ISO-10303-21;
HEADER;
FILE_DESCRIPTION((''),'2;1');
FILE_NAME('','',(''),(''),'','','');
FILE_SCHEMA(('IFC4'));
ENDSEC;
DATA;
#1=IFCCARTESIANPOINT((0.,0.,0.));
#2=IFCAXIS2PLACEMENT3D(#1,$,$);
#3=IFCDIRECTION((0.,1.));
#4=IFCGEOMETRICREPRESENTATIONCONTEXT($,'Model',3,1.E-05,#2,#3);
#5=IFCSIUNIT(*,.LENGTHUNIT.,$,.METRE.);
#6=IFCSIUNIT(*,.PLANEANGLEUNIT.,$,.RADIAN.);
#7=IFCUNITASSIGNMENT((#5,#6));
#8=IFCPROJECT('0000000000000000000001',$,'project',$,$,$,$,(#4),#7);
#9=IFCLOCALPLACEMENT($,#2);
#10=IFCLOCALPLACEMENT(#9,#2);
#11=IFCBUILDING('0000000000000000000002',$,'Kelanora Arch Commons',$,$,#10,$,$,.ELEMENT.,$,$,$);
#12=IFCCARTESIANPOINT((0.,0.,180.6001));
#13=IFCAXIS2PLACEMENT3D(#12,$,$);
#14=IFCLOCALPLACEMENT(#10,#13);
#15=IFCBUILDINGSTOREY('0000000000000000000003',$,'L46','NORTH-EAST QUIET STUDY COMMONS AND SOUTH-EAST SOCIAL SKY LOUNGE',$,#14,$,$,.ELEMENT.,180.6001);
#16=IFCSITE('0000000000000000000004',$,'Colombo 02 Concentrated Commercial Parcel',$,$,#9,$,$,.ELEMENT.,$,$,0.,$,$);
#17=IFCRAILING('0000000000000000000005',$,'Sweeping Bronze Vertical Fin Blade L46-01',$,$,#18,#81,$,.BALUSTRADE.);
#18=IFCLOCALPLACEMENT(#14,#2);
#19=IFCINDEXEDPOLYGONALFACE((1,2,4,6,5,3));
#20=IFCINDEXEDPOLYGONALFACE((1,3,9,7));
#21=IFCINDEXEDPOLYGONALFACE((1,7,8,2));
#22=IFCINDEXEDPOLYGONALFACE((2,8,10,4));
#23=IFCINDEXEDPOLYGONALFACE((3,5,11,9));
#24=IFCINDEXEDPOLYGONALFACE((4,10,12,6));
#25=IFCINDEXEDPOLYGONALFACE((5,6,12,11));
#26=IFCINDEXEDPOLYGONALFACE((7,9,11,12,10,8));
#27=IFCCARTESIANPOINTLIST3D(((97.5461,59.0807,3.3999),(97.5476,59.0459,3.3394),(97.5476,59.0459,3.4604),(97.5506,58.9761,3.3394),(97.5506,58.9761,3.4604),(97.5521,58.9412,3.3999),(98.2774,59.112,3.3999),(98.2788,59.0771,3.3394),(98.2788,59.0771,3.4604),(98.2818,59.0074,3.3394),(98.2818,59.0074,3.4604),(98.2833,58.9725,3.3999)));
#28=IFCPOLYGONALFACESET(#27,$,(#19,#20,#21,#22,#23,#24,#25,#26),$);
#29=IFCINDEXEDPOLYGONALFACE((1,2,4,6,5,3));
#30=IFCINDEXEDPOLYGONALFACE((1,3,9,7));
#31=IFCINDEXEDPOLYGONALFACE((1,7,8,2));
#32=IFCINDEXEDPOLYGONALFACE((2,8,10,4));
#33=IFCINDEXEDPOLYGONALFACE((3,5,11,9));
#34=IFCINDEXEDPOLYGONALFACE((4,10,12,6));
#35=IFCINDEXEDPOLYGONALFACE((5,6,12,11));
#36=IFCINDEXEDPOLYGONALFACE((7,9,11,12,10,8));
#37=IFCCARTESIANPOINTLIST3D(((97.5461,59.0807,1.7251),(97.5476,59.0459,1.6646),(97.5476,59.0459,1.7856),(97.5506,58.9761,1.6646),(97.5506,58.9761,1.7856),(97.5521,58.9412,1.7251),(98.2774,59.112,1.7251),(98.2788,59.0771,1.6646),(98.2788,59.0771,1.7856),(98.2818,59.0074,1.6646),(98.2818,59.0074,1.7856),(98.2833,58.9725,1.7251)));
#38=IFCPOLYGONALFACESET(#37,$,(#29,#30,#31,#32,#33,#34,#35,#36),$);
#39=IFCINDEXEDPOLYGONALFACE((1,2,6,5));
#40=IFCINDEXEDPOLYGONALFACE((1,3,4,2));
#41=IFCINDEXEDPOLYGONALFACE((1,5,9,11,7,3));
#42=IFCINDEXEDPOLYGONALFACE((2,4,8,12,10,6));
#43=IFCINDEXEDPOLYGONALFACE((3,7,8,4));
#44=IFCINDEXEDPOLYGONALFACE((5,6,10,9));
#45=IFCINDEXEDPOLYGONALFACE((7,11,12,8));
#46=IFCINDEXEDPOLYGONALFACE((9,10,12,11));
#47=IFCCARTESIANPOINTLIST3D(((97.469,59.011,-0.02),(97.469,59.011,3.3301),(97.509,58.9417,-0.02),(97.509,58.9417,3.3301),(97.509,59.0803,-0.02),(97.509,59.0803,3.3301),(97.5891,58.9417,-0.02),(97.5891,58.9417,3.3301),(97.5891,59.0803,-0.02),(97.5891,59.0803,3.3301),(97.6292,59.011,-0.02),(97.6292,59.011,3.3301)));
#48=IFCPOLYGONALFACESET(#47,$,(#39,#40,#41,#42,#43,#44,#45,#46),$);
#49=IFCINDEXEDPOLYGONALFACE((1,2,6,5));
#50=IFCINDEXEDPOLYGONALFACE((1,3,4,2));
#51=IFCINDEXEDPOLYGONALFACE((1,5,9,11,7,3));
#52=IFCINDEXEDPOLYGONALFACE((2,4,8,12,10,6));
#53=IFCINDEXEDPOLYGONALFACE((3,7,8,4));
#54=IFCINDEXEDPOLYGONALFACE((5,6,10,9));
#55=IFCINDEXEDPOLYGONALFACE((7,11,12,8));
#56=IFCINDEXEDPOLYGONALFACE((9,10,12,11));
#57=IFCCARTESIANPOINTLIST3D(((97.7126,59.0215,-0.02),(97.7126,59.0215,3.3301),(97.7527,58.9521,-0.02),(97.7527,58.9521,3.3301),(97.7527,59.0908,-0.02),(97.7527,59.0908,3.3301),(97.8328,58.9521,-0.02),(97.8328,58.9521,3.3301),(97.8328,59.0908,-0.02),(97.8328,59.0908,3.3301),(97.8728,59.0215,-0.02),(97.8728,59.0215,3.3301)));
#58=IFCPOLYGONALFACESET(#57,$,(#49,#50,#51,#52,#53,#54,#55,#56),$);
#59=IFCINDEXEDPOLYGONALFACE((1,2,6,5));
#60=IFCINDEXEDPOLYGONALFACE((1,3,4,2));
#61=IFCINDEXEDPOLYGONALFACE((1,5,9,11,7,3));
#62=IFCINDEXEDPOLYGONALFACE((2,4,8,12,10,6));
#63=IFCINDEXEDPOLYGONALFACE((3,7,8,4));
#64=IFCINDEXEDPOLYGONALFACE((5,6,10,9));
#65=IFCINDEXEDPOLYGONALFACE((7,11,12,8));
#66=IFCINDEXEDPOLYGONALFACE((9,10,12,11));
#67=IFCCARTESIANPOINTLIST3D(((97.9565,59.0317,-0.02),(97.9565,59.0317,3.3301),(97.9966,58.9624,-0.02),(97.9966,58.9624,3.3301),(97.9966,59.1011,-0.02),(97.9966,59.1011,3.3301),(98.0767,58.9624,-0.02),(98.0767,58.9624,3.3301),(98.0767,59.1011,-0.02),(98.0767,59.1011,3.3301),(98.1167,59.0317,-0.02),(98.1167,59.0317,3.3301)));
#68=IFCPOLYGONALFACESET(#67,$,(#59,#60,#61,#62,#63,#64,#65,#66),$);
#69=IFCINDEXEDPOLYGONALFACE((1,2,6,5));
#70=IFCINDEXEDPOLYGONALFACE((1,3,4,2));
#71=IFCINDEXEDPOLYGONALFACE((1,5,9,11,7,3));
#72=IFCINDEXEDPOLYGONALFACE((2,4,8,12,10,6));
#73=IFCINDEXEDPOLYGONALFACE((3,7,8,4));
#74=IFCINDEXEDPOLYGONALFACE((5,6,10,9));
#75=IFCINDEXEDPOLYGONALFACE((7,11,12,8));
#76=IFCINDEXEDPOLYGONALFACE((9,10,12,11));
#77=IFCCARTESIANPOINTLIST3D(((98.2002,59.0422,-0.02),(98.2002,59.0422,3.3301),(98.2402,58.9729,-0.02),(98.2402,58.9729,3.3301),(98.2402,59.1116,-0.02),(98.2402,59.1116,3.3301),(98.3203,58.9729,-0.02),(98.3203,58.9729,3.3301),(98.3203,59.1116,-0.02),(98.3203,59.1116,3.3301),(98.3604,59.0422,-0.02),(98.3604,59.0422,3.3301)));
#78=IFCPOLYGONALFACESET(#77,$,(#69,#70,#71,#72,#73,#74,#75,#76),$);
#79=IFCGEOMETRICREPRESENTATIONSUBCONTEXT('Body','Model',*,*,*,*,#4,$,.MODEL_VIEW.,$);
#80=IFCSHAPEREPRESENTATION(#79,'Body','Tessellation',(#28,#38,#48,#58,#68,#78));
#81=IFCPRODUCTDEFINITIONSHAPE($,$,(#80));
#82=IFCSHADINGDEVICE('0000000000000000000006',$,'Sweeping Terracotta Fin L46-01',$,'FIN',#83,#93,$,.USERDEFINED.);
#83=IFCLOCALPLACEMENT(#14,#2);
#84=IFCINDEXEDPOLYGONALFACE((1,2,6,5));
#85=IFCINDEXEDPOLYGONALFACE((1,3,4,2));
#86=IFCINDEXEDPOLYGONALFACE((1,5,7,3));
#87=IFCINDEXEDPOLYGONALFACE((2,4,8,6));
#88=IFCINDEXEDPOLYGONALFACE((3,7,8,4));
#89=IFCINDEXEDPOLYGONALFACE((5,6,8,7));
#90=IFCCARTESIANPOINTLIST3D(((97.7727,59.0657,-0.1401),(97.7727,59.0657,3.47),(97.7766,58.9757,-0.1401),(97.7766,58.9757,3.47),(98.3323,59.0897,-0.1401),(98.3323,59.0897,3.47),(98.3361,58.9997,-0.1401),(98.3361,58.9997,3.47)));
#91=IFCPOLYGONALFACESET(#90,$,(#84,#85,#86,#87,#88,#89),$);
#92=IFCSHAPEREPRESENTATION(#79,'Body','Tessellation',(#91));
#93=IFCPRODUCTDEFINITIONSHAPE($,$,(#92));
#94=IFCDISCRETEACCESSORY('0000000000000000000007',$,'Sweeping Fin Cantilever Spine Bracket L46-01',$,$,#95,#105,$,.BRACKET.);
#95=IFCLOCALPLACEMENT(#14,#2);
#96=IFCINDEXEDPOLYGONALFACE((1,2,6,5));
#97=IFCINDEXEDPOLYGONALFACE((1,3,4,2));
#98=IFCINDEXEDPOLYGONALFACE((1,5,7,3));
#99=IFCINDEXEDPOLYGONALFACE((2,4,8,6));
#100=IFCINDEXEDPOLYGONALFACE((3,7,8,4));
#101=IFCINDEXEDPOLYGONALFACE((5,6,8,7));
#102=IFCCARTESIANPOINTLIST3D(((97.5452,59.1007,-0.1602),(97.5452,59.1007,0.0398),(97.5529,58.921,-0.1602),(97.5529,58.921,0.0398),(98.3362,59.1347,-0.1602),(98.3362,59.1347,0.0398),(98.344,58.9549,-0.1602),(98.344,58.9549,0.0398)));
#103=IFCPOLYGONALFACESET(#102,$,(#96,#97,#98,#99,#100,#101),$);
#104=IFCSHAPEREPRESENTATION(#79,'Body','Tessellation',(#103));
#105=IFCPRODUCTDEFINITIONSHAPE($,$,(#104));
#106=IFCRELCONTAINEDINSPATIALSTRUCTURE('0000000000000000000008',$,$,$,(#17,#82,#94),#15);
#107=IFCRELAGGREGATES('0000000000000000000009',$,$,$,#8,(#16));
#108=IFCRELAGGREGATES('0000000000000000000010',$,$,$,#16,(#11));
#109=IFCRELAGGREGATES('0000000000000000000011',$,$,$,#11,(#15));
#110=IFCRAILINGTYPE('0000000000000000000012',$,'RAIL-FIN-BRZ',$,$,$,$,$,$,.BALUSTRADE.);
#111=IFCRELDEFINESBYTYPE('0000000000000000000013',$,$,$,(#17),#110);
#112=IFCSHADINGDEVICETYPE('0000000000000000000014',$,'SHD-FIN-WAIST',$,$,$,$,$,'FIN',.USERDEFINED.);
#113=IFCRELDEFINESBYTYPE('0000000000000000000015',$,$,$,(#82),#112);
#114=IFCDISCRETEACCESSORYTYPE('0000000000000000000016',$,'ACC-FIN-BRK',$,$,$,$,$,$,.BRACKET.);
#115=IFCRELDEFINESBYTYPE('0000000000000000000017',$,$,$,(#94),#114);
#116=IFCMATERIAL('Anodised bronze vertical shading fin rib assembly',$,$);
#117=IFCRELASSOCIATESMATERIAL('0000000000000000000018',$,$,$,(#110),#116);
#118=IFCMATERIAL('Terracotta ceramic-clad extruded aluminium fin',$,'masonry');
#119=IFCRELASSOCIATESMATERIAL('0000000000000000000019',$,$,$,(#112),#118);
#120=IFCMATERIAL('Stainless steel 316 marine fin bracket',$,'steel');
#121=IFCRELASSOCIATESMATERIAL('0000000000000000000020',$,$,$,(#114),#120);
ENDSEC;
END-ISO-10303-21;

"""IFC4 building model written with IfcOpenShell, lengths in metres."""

from ifc_helpers import new_model, si_unit, direction, frame, origin, origin_2d, place, context, subcontext, project, spatial, polyline, rectangle, outline, extrude, source, transform, mapped, material, type_object, element, save


model = new_model("IFC4")

# Units and contexts
model_context = context("Model", 3, precision=1e-05, world=origin(), true_north=direction((0.0, 1.0)))
body_context = subcontext(model_context, "Body", "Model", "MODEL_VIEW")
ifc_project = project(units=[si_unit("LENGTHUNIT", "METRE"), si_unit("PLANEANGLEUNIT", "RADIAN")], contexts=[model_context])

# Site, building, storey
site_placement = place(None, origin())
site = spatial("IfcSite", under=ifc_project, at=site_placement, Name="Colombo 02 Concentrated Commercial Parcel", CompositionType="ELEMENT", RefElevation=0.0)
building_placement = place(site_placement, origin())
building = spatial("IfcBuilding", under=site, at=building_placement, Name="Kelanora Arch Commons", CompositionType="ELEMENT")
storey_placement = place(building_placement, frame((0.0, 0.0, 180.6001)))
storey = spatial("IfcBuildingStorey", under=building, at=storey_placement, Name="L46", Description="NORTH-EAST QUIET STUDY COMMONS AND SOUTH-EAST SOCIAL SKY LOUNGE", CompositionType="ELEMENT", Elevation=180.6001)

# Railing
ifc_material_1 = material(Name="Anodised bronze vertical shading fin rib assembly")
railing_type_1 = type_object("IfcRailingType", Name="RAIL-FIN-BRZ", PredefinedType="BALUSTRADE", material=ifc_material_1)
railing_1_placement = place(storey_placement, frame((97.5491, 59.011, -0.02)))
element("IfcRailing", 1, at=railing_1_placement, inside=storey, type_object=railing_type_1, Name="Sweeping Bronze Vertical Fin Blade L46-01", PredefinedType="BALUSTRADE", context=body_context, shape_type="SweptSolid", body=[
    extrude(outline(polyline([(0.0698, 0.0), (0.0349, 0.0605), (-0.0349, 0.0605), (-0.0698, 0.0), (-0.0349, -0.0605), (0.0349, -0.0605), (0.0698, 0.0)])), frame((0.0, 0.0, 3.4199), z_axis=(0.999088, 0.042699, 0.0), x_axis=(-0.042699, 0.999088, 0.0)), (0.0, 0.0, 1.0), 0.7319),
    extrude(outline(polyline([(0.0698, 0.0), (0.0349, 0.0605), (-0.0349, 0.0605), (-0.0698, 0.0), (-0.0349, -0.0605), (0.0349, -0.0605), (0.0698, 0.0)])), frame((0.0, 0.0, 1.7451), z_axis=(0.999088, 0.042699, 0.0), x_axis=(-0.042699, 0.999088, 0.0)), (0.0, 0.0, 1.0), 0.7319),
    extrude(outline(polyline([(0.0801, 0.0), (0.04, 0.0693), (-0.04, 0.0693), (-0.0801, 0.0), (-0.04, -0.0693), (0.04, -0.0693), (0.0801, 0.0)])), origin(), (0.0, 0.0, 1.0), 3.3501),
    extrude(outline(polyline([(0.0801, 0.0), (0.04, 0.0693), (-0.04, 0.0693), (-0.0801, 0.0), (-0.04, -0.0693), (0.04, -0.0693), (0.0801, 0.0)])), frame((0.2437, 0.0105, 0.0)), (0.0, 0.0, 1.0), 3.3501),
    extrude(outline(polyline([(0.0801, 0.0), (0.04, 0.0693), (-0.04, 0.0693), (-0.0801, 0.0), (-0.04, -0.0693), (0.04, -0.0693), (0.0801, 0.0)])), frame((0.4875, 0.0208, 0.0)), (0.0, 0.0, 1.0), 3.3501),
    extrude(outline(polyline([(0.0801, 0.0), (0.04, 0.0693), (-0.04, 0.0693), (-0.0801, 0.0), (-0.04, -0.0693), (0.04, -0.0693), (0.0801, 0.0)])), frame((0.7312, 0.0312, 0.0)), (0.0, 0.0, 1.0), 3.3501),
])

# Shading device
ifc_material_2 = material(Name="Terracotta ceramic-clad extruded aluminium fin", Category="masonry")
shading_device_type = type_object("IfcShadingDeviceType", Name="SHD-FIN-WAIST", ElementType="FIN", PredefinedType="USERDEFINED", material=ifc_material_2)
shared_shape_1 = source(origin(), body_context, "Body", "SweptSolid", [
    extrude(rectangle(XDim=0.5601, YDim=0.0901, at=origin_2d()), origin(), (0.0, 0.0, 1.0), 3.6101),
])
shading_device_placement = place(storey_placement, frame((98.0544, 59.0327, -0.1401), z_axis=(0.0, 0.0, 1.0), x_axis=(0.999078, 0.042922, 0.0)))
element("IfcShadingDevice", 2, at=shading_device_placement, inside=storey, type_object=shading_device_type, Name="Sweeping Terracotta Fin L46-01", ObjectType="FIN", PredefinedType="USERDEFINED", context=body_context, shape_type="MappedRepresentation", body=[
    mapped(shared_shape_1, transform((0.0, 0.0, 0.0), scale=1.0)),
])

# Discrete accessory
ifc_material_3 = material(Name="Stainless steel 316 marine fin bracket", Category="steel")
discrete_accessory_type = type_object("IfcDiscreteAccessoryType", Name="ACC-FIN-BRK", PredefinedType="BRACKET", material=ifc_material_3)
shared_shape_2 = source(origin(), body_context, "Body", "SweptSolid", [
    extrude(rectangle(XDim=0.7917, YDim=0.1799, at=origin_2d()), origin(), (0.0, 0.0, 1.0), 0.2),
])
discrete_accessory_placement = place(storey_placement, frame((97.9446, 59.0278, -0.1602), z_axis=(0.0, 0.0, 1.0), x_axis=(0.999078, 0.042922, 0.0)))
element("IfcDiscreteAccessory", 3, at=discrete_accessory_placement, inside=storey, type_object=discrete_accessory_type, Name="Sweeping Fin Cantilever Spine Bracket L46-01", PredefinedType="BRACKET", context=body_context, shape_type="MappedRepresentation", body=[
    mapped(shared_shape_2, transform((0.0, 0.0, 0.0), scale=1.0)),
])

save(model, "model.ifc")
